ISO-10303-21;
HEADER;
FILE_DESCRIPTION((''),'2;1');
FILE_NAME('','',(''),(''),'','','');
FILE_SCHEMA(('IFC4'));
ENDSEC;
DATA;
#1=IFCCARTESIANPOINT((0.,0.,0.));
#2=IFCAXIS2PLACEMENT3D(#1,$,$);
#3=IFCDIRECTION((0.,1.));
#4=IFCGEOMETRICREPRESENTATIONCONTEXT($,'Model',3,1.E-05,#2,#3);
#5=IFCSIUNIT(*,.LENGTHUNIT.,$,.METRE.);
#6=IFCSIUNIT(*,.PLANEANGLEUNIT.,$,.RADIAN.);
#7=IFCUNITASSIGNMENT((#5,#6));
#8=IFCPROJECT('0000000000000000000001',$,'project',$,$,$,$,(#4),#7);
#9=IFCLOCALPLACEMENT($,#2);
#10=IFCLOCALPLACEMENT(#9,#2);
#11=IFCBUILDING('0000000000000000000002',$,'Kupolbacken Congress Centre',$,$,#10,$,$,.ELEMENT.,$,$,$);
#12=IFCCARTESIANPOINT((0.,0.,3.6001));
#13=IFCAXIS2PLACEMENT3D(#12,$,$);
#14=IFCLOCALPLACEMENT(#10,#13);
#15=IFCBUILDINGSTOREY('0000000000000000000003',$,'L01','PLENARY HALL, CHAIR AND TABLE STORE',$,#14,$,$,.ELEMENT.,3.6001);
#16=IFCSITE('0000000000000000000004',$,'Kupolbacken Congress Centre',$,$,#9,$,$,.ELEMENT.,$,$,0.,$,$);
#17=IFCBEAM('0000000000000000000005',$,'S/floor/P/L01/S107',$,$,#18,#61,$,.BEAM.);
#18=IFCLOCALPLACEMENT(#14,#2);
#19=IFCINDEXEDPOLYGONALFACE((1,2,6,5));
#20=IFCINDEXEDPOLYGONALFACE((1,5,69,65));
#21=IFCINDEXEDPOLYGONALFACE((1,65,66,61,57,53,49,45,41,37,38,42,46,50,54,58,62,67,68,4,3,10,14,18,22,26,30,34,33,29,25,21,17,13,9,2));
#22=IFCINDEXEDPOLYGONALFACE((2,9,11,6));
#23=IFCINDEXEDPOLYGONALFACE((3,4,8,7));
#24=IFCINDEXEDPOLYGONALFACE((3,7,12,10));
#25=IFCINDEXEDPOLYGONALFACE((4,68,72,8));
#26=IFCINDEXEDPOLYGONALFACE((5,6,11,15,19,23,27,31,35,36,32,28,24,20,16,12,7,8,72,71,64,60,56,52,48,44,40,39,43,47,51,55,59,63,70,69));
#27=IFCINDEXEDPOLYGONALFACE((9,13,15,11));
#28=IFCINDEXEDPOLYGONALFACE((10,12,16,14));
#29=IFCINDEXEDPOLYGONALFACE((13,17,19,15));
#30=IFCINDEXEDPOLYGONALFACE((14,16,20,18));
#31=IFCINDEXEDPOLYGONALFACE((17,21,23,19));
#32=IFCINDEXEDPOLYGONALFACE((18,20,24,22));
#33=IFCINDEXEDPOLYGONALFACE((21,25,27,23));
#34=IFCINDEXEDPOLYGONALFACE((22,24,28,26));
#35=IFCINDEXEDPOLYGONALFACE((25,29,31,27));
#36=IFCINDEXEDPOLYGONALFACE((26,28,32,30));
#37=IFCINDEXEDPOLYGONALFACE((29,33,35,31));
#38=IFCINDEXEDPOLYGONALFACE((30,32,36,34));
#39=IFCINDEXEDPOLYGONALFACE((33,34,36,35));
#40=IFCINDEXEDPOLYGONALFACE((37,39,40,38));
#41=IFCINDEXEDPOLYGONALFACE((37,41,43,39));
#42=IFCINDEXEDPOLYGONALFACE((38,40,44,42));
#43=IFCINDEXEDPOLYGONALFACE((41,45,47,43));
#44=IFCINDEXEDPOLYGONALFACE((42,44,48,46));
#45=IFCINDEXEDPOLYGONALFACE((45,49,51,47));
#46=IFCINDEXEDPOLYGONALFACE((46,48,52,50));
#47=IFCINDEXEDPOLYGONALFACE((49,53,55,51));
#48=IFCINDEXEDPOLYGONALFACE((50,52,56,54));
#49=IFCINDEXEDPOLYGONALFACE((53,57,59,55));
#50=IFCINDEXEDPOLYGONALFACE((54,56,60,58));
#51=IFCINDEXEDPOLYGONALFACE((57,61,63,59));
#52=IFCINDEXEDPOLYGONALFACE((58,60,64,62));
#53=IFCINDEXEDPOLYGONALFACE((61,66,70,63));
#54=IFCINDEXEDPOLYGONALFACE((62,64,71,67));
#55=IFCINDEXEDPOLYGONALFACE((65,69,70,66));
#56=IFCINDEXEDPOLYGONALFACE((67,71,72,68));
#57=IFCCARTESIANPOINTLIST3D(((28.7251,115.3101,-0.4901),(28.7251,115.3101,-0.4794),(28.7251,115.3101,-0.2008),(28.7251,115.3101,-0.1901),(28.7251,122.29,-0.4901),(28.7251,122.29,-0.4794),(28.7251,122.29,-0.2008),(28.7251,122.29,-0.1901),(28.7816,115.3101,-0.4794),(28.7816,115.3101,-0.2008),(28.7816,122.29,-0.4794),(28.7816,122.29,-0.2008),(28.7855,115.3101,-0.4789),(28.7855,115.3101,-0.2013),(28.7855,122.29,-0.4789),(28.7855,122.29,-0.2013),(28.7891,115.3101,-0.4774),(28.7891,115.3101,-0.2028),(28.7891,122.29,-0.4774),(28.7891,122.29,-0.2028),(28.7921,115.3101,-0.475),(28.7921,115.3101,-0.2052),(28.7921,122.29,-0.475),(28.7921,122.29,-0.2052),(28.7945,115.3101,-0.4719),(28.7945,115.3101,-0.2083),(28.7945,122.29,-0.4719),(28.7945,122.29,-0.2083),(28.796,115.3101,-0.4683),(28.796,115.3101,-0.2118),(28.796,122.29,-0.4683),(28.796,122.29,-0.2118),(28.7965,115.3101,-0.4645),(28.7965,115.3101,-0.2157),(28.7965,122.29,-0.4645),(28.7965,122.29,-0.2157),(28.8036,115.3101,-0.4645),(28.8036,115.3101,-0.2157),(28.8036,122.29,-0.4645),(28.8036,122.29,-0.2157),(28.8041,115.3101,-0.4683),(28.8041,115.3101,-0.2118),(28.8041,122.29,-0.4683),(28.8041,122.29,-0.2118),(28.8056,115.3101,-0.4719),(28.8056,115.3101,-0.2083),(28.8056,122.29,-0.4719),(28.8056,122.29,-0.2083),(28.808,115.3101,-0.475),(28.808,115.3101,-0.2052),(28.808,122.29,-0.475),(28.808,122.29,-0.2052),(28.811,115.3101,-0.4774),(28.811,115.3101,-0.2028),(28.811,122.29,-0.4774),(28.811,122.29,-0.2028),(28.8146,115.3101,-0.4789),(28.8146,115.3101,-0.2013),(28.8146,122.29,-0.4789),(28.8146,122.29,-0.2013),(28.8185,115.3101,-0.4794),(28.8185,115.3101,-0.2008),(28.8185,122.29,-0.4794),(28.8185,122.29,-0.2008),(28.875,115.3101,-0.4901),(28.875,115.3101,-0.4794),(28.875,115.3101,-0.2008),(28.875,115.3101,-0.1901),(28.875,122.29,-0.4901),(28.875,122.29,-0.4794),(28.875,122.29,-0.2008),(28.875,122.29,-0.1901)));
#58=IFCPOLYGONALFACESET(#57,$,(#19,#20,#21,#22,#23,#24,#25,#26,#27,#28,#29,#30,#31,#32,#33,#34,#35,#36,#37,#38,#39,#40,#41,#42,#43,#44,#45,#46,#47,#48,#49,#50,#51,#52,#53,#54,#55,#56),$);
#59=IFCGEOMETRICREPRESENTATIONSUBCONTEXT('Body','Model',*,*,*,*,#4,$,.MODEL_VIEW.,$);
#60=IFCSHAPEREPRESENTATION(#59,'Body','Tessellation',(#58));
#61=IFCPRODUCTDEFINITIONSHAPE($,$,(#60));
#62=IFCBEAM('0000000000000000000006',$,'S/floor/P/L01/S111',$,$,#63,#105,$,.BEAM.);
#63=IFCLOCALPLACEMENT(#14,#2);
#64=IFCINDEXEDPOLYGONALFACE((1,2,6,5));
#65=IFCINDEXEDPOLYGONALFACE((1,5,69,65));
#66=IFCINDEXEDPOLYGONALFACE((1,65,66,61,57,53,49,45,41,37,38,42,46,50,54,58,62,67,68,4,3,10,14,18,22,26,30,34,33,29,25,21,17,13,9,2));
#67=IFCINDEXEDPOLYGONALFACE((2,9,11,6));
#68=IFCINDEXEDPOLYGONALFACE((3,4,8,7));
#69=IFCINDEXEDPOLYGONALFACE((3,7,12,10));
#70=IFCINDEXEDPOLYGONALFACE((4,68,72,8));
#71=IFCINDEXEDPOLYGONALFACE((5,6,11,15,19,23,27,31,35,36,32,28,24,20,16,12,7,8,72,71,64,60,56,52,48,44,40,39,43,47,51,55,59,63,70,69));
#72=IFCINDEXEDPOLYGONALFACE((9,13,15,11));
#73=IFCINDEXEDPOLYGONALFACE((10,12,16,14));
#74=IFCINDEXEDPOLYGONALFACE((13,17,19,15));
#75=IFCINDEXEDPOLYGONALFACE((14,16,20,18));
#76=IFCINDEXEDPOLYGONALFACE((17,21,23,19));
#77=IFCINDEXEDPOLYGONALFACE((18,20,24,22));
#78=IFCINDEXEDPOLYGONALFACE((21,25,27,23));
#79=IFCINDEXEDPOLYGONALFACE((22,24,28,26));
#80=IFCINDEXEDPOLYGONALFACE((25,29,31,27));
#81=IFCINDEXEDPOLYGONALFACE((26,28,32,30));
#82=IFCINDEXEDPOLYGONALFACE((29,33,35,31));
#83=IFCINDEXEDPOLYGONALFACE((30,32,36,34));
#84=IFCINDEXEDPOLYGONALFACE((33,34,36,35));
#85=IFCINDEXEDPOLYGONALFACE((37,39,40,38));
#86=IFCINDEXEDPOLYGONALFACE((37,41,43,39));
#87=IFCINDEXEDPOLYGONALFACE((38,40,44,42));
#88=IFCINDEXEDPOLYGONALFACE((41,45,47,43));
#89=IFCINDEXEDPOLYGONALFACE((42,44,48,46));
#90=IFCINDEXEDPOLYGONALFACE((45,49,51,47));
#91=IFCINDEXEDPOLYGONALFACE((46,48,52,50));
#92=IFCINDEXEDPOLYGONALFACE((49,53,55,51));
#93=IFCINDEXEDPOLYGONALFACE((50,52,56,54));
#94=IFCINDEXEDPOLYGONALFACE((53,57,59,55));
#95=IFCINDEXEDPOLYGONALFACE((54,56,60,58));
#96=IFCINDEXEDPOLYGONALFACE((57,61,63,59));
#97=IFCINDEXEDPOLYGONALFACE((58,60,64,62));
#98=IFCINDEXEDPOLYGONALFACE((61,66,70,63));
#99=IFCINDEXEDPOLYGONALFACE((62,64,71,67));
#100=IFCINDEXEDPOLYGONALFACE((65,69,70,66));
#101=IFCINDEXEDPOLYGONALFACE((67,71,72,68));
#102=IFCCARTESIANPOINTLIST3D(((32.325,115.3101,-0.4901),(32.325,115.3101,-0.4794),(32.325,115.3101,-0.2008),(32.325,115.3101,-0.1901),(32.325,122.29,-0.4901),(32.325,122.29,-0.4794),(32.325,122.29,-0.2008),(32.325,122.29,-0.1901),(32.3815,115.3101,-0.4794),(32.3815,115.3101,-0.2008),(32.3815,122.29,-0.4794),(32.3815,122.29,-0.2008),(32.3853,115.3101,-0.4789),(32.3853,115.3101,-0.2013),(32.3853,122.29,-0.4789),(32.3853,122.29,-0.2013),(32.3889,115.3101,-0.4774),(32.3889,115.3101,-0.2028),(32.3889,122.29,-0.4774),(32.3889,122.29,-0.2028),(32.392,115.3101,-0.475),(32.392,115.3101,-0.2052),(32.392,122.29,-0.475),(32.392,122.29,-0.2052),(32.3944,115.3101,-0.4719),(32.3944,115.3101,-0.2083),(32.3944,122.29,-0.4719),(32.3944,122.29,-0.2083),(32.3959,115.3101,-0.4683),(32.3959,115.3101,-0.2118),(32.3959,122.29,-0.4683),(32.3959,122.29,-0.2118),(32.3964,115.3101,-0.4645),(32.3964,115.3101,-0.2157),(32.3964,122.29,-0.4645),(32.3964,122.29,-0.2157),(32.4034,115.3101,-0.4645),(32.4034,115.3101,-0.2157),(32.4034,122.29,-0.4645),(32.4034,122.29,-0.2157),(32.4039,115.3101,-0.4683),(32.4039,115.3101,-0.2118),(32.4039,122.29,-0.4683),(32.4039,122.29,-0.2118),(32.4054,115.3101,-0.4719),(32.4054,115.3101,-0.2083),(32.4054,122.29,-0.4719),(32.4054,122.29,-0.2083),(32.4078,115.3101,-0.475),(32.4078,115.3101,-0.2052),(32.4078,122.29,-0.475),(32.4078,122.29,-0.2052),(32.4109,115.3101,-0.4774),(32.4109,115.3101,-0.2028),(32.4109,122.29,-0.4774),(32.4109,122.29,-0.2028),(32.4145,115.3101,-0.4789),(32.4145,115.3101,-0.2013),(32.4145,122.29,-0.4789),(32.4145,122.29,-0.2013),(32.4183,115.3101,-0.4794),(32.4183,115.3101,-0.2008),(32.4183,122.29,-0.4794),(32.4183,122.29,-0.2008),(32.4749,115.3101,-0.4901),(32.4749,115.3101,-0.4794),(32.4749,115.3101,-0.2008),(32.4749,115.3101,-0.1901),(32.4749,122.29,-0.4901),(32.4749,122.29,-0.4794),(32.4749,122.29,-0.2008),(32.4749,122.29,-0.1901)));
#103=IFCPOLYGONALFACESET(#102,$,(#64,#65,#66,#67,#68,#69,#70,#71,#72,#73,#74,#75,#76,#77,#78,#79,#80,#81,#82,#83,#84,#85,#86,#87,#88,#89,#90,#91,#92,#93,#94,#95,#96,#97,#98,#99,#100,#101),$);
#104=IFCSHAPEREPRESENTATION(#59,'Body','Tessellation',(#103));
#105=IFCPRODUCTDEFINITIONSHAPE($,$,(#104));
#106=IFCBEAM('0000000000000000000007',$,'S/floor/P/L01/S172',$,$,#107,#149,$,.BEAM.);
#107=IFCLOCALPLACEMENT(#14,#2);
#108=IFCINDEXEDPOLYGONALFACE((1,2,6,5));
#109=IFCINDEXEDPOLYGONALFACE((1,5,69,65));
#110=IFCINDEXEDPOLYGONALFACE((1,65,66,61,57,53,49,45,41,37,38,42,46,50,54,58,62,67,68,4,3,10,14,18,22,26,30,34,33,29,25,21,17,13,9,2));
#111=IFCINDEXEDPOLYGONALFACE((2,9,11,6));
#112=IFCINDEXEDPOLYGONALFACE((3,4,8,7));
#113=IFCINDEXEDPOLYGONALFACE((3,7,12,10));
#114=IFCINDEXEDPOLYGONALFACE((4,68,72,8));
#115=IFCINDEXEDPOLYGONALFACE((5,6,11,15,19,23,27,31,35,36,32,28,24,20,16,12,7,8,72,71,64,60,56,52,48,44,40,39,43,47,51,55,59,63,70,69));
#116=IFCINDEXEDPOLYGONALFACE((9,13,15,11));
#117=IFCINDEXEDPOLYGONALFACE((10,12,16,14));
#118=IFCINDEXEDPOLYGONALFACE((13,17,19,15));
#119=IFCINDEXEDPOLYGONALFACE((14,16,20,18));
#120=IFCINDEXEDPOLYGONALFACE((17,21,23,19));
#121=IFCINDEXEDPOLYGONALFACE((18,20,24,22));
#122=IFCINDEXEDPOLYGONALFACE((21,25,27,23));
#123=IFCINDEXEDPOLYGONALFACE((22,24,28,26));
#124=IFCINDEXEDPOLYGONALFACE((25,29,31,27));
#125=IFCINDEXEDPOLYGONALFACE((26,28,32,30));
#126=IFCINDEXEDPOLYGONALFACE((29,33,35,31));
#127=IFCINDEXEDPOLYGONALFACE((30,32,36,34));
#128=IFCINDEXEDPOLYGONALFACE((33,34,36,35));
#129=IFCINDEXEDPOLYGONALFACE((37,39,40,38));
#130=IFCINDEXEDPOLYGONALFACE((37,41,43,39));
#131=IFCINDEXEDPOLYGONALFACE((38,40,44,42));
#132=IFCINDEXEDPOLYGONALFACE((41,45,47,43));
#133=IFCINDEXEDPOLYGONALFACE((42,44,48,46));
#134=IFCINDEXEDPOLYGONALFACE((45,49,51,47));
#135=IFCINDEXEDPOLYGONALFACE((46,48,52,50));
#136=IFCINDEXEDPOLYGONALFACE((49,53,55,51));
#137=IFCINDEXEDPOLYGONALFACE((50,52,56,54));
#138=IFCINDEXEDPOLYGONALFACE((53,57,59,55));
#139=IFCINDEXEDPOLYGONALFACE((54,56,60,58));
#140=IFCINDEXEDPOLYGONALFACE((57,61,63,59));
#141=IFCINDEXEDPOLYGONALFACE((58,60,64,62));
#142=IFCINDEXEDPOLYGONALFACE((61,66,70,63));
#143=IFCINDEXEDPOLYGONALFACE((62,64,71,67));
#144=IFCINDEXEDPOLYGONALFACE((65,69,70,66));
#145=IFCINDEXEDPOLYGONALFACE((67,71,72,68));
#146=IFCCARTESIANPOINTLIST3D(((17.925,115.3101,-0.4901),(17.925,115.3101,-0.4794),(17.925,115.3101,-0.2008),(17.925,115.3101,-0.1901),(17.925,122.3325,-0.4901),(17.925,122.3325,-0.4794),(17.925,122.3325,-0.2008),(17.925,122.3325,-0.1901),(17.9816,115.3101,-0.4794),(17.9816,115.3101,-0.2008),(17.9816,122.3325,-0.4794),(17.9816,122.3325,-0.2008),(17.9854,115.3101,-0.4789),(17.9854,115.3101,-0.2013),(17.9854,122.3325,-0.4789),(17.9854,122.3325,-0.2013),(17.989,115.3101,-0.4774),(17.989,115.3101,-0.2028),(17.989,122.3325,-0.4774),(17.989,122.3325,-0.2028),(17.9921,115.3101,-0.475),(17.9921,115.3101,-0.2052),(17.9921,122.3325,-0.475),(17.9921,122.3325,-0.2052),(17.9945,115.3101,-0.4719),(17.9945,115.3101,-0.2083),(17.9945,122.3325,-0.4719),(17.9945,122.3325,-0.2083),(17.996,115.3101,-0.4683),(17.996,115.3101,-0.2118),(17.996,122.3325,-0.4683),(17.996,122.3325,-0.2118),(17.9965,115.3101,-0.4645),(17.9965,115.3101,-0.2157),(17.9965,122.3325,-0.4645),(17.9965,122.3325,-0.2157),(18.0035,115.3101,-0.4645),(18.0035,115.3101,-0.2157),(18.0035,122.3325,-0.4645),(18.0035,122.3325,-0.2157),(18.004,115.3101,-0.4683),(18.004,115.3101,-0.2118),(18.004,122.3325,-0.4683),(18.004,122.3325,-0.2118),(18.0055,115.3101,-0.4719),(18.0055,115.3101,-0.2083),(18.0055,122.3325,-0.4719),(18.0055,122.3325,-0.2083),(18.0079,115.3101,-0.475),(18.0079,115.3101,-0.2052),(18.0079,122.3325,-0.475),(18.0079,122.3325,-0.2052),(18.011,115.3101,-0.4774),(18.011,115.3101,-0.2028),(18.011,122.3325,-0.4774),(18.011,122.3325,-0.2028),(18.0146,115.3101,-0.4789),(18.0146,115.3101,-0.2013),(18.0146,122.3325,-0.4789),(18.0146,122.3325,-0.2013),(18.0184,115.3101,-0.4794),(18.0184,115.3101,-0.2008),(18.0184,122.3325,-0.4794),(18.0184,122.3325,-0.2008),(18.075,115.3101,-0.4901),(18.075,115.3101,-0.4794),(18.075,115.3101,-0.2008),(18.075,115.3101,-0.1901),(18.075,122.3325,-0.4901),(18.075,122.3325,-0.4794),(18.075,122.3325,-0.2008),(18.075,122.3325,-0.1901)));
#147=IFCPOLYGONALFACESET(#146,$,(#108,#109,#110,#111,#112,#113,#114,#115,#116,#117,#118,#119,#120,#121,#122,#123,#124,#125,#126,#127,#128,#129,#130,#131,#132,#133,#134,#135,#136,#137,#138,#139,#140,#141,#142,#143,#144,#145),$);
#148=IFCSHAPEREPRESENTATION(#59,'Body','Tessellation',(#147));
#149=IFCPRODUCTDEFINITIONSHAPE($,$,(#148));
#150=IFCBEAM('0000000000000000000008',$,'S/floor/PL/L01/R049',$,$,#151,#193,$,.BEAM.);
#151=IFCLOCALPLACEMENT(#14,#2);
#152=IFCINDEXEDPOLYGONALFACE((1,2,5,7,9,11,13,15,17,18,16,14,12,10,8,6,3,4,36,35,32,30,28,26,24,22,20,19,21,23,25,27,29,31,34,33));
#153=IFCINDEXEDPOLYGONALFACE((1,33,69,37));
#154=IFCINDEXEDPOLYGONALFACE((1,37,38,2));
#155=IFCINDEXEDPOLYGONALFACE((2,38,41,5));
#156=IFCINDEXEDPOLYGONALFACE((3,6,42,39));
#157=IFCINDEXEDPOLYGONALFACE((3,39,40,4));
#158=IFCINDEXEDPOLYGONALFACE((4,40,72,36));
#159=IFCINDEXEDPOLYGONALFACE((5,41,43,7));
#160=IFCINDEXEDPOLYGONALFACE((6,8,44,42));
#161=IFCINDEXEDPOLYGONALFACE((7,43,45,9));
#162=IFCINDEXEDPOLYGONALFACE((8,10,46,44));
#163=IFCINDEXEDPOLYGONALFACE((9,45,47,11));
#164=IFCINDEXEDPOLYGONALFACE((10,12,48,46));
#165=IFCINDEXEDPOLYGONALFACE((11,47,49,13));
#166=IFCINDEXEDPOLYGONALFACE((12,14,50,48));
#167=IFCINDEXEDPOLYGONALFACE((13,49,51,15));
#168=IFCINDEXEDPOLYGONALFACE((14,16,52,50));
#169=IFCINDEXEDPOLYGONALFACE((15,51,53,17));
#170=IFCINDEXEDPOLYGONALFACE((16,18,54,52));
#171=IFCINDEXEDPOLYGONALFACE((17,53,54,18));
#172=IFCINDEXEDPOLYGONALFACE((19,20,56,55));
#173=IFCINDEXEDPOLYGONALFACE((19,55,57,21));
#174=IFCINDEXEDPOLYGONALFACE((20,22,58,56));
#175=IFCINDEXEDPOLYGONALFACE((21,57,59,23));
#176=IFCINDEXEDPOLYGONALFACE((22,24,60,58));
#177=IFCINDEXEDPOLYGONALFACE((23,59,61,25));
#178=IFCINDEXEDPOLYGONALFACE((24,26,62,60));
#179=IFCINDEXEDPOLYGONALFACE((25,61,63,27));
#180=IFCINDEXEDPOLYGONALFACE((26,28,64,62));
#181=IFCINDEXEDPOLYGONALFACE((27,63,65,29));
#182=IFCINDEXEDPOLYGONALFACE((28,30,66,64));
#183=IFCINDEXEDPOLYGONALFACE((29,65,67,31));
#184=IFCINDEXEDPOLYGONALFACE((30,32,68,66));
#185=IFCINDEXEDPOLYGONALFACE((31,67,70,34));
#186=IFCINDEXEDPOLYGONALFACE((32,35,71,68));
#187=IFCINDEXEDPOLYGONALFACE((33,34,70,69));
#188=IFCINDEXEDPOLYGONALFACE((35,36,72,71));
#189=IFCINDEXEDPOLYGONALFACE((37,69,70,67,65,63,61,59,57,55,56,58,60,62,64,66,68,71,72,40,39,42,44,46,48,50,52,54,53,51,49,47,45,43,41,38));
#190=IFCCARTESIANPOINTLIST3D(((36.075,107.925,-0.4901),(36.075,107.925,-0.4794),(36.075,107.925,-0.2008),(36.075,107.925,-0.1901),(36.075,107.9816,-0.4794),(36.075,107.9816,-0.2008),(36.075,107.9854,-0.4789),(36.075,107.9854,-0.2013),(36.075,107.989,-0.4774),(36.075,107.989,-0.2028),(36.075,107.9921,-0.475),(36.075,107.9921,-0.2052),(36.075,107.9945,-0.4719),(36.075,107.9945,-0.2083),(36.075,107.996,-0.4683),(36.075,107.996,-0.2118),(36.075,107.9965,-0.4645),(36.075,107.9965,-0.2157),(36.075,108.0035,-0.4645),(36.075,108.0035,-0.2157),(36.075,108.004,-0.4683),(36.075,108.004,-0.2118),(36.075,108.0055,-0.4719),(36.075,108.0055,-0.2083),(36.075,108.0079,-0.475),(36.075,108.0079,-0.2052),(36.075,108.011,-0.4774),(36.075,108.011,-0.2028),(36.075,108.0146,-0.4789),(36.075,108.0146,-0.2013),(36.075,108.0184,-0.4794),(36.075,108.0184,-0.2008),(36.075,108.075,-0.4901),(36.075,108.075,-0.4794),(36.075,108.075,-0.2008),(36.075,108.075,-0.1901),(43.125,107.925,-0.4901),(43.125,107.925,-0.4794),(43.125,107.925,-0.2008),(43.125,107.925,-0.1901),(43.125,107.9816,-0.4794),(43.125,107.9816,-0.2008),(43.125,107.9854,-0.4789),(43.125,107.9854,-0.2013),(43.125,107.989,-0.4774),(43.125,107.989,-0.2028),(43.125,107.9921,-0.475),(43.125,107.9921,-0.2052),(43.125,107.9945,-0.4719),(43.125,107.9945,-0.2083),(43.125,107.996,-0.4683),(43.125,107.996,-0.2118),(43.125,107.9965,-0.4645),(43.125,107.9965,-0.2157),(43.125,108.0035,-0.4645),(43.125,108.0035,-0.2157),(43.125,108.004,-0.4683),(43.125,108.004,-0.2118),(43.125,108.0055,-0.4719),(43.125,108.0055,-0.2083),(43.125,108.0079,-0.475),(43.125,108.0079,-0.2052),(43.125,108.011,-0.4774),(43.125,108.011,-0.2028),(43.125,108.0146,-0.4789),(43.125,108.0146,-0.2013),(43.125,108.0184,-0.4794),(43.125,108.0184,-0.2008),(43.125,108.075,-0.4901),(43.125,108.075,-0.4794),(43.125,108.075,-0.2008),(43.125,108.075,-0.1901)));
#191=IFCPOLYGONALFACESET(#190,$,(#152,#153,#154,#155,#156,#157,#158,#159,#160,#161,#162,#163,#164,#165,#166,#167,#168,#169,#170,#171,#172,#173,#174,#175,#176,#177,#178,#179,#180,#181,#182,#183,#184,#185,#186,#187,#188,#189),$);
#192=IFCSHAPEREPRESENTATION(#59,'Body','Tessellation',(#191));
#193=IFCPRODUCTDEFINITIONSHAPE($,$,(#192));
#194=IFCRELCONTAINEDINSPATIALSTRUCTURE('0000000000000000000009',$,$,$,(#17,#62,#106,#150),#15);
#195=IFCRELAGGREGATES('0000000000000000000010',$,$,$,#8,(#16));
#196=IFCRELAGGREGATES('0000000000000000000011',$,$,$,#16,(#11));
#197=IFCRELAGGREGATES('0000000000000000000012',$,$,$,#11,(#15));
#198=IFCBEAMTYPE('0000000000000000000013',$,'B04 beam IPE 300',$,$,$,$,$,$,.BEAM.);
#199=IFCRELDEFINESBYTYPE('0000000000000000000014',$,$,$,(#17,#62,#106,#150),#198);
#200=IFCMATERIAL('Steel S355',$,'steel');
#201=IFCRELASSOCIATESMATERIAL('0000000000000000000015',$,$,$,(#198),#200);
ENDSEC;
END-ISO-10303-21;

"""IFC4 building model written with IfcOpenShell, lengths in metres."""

from ifc_helpers import new_model, si_unit, direction, frame, origin, origin_2d, place, context, subcontext, project, spatial, i_section, extrude, material, material_profile, profile_set, type_object, element, save


model = new_model("IFC4")

# Units and contexts
model_context = context("Model", 3, precision=1e-05, world=origin(), true_north=direction((0.0, 1.0)))
body_context = subcontext(model_context, "Body", "Model", "MODEL_VIEW")
ifc_project = project(units=[si_unit("LENGTHUNIT", "METRE"), si_unit("PLANEANGLEUNIT", "RADIAN")], contexts=[model_context])

# Site, building, storey
site_placement = place(None, origin())
site = spatial("IfcSite", under=ifc_project, at=site_placement, Name="Kupolbacken Congress Centre", CompositionType="ELEMENT", RefElevation=0.0)
building_placement = place(site_placement, origin())
building = spatial("IfcBuilding", under=site, at=building_placement, Name="Kupolbacken Congress Centre", CompositionType="ELEMENT")
storey_placement = place(building_placement, frame((0.0, 0.0, 3.6001)))
storey = spatial("IfcBuildingStorey", under=building, at=storey_placement, Name="L01", Description="PLENARY HALL, CHAIR AND TABLE STORE", CompositionType="ELEMENT", Elevation=3.6001)

# Beams
ifc_material_1 = material(Name="Steel S355", Category="steel")
ifc_material_profile_1 = material_profile(ifc_material_1, i_section(OverallWidth=0.1499, OverallDepth=0.3, WebThickness=0.0071, FlangeThickness=0.0107, FilletRadius=0.0149, at=origin_2d()), Name="IPE 300")
ifc_profile_set_1 = profile_set([ifc_material_profile_1], Name="Steel S355")
beam_type_1 = type_object("IfcBeamType", Name="B04 beam IPE 300", PredefinedType="BEAM", material=ifc_profile_set_1)
for number, where, z_axis, x_axis, name in (
    (1, (28.8, 115.3101, -0.3401), (0.0, 1.0, 0.0), (-1.0, 0.0, 0.0), "S/floor/P/L01/S107"),
    (2, (32.3999, 115.3101, -0.3401), (0.0, 1.0, 0.0), (-1.0, 0.0, 0.0), "S/floor/P/L01/S111"),
):
    element("IfcBeam", number, at=place(storey_placement, frame(where, z_axis=z_axis, x_axis=x_axis)), inside=storey, type_object=beam_type_1, Name=name, PredefinedType="BEAM", context=body_context, shape_type="SweptSolid", body=[
        extrude(i_section(OverallWidth=0.1499, OverallDepth=0.3, WebThickness=0.0071, FlangeThickness=0.0107, FilletRadius=0.0149, at=origin_2d()), origin(), (0.0, 0.0, 1.0), 6.98),
    ])
beam_1_placement = place(storey_placement, frame((18.0, 115.3101, -0.3401), z_axis=(0.0, 1.0, 0.0), x_axis=(-1.0, 0.0, 0.0)))
element("IfcBeam", 3, at=beam_1_placement, inside=storey, type_object=beam_type_1, Name="S/floor/P/L01/S172", PredefinedType="BEAM", context=body_context, shape_type="SweptSolid", body=[
    extrude(i_section(OverallWidth=0.1499, OverallDepth=0.3, WebThickness=0.0071, FlangeThickness=0.0107, FilletRadius=0.0149, at=origin_2d()), origin(), (0.0, 0.0, 1.0), 7.0225),
])
beam_2_placement = place(storey_placement, frame((36.075, 108.0, -0.3401), z_axis=(1.0, 0.0, 0.0), x_axis=(0.0, 1.0, 0.0)))
element("IfcBeam", 4, at=beam_2_placement, inside=storey, type_object=beam_type_1, Name="S/floor/PL/L01/R049", PredefinedType="BEAM", context=body_context, shape_type="SweptSolid", body=[
    extrude(i_section(OverallWidth=0.1499, OverallDepth=0.3, WebThickness=0.0071, FlangeThickness=0.0107, FilletRadius=0.0149, at=origin_2d()), origin(), (0.0, 0.0, 1.0), 7.05),
])

save(model, "model.ifc")
